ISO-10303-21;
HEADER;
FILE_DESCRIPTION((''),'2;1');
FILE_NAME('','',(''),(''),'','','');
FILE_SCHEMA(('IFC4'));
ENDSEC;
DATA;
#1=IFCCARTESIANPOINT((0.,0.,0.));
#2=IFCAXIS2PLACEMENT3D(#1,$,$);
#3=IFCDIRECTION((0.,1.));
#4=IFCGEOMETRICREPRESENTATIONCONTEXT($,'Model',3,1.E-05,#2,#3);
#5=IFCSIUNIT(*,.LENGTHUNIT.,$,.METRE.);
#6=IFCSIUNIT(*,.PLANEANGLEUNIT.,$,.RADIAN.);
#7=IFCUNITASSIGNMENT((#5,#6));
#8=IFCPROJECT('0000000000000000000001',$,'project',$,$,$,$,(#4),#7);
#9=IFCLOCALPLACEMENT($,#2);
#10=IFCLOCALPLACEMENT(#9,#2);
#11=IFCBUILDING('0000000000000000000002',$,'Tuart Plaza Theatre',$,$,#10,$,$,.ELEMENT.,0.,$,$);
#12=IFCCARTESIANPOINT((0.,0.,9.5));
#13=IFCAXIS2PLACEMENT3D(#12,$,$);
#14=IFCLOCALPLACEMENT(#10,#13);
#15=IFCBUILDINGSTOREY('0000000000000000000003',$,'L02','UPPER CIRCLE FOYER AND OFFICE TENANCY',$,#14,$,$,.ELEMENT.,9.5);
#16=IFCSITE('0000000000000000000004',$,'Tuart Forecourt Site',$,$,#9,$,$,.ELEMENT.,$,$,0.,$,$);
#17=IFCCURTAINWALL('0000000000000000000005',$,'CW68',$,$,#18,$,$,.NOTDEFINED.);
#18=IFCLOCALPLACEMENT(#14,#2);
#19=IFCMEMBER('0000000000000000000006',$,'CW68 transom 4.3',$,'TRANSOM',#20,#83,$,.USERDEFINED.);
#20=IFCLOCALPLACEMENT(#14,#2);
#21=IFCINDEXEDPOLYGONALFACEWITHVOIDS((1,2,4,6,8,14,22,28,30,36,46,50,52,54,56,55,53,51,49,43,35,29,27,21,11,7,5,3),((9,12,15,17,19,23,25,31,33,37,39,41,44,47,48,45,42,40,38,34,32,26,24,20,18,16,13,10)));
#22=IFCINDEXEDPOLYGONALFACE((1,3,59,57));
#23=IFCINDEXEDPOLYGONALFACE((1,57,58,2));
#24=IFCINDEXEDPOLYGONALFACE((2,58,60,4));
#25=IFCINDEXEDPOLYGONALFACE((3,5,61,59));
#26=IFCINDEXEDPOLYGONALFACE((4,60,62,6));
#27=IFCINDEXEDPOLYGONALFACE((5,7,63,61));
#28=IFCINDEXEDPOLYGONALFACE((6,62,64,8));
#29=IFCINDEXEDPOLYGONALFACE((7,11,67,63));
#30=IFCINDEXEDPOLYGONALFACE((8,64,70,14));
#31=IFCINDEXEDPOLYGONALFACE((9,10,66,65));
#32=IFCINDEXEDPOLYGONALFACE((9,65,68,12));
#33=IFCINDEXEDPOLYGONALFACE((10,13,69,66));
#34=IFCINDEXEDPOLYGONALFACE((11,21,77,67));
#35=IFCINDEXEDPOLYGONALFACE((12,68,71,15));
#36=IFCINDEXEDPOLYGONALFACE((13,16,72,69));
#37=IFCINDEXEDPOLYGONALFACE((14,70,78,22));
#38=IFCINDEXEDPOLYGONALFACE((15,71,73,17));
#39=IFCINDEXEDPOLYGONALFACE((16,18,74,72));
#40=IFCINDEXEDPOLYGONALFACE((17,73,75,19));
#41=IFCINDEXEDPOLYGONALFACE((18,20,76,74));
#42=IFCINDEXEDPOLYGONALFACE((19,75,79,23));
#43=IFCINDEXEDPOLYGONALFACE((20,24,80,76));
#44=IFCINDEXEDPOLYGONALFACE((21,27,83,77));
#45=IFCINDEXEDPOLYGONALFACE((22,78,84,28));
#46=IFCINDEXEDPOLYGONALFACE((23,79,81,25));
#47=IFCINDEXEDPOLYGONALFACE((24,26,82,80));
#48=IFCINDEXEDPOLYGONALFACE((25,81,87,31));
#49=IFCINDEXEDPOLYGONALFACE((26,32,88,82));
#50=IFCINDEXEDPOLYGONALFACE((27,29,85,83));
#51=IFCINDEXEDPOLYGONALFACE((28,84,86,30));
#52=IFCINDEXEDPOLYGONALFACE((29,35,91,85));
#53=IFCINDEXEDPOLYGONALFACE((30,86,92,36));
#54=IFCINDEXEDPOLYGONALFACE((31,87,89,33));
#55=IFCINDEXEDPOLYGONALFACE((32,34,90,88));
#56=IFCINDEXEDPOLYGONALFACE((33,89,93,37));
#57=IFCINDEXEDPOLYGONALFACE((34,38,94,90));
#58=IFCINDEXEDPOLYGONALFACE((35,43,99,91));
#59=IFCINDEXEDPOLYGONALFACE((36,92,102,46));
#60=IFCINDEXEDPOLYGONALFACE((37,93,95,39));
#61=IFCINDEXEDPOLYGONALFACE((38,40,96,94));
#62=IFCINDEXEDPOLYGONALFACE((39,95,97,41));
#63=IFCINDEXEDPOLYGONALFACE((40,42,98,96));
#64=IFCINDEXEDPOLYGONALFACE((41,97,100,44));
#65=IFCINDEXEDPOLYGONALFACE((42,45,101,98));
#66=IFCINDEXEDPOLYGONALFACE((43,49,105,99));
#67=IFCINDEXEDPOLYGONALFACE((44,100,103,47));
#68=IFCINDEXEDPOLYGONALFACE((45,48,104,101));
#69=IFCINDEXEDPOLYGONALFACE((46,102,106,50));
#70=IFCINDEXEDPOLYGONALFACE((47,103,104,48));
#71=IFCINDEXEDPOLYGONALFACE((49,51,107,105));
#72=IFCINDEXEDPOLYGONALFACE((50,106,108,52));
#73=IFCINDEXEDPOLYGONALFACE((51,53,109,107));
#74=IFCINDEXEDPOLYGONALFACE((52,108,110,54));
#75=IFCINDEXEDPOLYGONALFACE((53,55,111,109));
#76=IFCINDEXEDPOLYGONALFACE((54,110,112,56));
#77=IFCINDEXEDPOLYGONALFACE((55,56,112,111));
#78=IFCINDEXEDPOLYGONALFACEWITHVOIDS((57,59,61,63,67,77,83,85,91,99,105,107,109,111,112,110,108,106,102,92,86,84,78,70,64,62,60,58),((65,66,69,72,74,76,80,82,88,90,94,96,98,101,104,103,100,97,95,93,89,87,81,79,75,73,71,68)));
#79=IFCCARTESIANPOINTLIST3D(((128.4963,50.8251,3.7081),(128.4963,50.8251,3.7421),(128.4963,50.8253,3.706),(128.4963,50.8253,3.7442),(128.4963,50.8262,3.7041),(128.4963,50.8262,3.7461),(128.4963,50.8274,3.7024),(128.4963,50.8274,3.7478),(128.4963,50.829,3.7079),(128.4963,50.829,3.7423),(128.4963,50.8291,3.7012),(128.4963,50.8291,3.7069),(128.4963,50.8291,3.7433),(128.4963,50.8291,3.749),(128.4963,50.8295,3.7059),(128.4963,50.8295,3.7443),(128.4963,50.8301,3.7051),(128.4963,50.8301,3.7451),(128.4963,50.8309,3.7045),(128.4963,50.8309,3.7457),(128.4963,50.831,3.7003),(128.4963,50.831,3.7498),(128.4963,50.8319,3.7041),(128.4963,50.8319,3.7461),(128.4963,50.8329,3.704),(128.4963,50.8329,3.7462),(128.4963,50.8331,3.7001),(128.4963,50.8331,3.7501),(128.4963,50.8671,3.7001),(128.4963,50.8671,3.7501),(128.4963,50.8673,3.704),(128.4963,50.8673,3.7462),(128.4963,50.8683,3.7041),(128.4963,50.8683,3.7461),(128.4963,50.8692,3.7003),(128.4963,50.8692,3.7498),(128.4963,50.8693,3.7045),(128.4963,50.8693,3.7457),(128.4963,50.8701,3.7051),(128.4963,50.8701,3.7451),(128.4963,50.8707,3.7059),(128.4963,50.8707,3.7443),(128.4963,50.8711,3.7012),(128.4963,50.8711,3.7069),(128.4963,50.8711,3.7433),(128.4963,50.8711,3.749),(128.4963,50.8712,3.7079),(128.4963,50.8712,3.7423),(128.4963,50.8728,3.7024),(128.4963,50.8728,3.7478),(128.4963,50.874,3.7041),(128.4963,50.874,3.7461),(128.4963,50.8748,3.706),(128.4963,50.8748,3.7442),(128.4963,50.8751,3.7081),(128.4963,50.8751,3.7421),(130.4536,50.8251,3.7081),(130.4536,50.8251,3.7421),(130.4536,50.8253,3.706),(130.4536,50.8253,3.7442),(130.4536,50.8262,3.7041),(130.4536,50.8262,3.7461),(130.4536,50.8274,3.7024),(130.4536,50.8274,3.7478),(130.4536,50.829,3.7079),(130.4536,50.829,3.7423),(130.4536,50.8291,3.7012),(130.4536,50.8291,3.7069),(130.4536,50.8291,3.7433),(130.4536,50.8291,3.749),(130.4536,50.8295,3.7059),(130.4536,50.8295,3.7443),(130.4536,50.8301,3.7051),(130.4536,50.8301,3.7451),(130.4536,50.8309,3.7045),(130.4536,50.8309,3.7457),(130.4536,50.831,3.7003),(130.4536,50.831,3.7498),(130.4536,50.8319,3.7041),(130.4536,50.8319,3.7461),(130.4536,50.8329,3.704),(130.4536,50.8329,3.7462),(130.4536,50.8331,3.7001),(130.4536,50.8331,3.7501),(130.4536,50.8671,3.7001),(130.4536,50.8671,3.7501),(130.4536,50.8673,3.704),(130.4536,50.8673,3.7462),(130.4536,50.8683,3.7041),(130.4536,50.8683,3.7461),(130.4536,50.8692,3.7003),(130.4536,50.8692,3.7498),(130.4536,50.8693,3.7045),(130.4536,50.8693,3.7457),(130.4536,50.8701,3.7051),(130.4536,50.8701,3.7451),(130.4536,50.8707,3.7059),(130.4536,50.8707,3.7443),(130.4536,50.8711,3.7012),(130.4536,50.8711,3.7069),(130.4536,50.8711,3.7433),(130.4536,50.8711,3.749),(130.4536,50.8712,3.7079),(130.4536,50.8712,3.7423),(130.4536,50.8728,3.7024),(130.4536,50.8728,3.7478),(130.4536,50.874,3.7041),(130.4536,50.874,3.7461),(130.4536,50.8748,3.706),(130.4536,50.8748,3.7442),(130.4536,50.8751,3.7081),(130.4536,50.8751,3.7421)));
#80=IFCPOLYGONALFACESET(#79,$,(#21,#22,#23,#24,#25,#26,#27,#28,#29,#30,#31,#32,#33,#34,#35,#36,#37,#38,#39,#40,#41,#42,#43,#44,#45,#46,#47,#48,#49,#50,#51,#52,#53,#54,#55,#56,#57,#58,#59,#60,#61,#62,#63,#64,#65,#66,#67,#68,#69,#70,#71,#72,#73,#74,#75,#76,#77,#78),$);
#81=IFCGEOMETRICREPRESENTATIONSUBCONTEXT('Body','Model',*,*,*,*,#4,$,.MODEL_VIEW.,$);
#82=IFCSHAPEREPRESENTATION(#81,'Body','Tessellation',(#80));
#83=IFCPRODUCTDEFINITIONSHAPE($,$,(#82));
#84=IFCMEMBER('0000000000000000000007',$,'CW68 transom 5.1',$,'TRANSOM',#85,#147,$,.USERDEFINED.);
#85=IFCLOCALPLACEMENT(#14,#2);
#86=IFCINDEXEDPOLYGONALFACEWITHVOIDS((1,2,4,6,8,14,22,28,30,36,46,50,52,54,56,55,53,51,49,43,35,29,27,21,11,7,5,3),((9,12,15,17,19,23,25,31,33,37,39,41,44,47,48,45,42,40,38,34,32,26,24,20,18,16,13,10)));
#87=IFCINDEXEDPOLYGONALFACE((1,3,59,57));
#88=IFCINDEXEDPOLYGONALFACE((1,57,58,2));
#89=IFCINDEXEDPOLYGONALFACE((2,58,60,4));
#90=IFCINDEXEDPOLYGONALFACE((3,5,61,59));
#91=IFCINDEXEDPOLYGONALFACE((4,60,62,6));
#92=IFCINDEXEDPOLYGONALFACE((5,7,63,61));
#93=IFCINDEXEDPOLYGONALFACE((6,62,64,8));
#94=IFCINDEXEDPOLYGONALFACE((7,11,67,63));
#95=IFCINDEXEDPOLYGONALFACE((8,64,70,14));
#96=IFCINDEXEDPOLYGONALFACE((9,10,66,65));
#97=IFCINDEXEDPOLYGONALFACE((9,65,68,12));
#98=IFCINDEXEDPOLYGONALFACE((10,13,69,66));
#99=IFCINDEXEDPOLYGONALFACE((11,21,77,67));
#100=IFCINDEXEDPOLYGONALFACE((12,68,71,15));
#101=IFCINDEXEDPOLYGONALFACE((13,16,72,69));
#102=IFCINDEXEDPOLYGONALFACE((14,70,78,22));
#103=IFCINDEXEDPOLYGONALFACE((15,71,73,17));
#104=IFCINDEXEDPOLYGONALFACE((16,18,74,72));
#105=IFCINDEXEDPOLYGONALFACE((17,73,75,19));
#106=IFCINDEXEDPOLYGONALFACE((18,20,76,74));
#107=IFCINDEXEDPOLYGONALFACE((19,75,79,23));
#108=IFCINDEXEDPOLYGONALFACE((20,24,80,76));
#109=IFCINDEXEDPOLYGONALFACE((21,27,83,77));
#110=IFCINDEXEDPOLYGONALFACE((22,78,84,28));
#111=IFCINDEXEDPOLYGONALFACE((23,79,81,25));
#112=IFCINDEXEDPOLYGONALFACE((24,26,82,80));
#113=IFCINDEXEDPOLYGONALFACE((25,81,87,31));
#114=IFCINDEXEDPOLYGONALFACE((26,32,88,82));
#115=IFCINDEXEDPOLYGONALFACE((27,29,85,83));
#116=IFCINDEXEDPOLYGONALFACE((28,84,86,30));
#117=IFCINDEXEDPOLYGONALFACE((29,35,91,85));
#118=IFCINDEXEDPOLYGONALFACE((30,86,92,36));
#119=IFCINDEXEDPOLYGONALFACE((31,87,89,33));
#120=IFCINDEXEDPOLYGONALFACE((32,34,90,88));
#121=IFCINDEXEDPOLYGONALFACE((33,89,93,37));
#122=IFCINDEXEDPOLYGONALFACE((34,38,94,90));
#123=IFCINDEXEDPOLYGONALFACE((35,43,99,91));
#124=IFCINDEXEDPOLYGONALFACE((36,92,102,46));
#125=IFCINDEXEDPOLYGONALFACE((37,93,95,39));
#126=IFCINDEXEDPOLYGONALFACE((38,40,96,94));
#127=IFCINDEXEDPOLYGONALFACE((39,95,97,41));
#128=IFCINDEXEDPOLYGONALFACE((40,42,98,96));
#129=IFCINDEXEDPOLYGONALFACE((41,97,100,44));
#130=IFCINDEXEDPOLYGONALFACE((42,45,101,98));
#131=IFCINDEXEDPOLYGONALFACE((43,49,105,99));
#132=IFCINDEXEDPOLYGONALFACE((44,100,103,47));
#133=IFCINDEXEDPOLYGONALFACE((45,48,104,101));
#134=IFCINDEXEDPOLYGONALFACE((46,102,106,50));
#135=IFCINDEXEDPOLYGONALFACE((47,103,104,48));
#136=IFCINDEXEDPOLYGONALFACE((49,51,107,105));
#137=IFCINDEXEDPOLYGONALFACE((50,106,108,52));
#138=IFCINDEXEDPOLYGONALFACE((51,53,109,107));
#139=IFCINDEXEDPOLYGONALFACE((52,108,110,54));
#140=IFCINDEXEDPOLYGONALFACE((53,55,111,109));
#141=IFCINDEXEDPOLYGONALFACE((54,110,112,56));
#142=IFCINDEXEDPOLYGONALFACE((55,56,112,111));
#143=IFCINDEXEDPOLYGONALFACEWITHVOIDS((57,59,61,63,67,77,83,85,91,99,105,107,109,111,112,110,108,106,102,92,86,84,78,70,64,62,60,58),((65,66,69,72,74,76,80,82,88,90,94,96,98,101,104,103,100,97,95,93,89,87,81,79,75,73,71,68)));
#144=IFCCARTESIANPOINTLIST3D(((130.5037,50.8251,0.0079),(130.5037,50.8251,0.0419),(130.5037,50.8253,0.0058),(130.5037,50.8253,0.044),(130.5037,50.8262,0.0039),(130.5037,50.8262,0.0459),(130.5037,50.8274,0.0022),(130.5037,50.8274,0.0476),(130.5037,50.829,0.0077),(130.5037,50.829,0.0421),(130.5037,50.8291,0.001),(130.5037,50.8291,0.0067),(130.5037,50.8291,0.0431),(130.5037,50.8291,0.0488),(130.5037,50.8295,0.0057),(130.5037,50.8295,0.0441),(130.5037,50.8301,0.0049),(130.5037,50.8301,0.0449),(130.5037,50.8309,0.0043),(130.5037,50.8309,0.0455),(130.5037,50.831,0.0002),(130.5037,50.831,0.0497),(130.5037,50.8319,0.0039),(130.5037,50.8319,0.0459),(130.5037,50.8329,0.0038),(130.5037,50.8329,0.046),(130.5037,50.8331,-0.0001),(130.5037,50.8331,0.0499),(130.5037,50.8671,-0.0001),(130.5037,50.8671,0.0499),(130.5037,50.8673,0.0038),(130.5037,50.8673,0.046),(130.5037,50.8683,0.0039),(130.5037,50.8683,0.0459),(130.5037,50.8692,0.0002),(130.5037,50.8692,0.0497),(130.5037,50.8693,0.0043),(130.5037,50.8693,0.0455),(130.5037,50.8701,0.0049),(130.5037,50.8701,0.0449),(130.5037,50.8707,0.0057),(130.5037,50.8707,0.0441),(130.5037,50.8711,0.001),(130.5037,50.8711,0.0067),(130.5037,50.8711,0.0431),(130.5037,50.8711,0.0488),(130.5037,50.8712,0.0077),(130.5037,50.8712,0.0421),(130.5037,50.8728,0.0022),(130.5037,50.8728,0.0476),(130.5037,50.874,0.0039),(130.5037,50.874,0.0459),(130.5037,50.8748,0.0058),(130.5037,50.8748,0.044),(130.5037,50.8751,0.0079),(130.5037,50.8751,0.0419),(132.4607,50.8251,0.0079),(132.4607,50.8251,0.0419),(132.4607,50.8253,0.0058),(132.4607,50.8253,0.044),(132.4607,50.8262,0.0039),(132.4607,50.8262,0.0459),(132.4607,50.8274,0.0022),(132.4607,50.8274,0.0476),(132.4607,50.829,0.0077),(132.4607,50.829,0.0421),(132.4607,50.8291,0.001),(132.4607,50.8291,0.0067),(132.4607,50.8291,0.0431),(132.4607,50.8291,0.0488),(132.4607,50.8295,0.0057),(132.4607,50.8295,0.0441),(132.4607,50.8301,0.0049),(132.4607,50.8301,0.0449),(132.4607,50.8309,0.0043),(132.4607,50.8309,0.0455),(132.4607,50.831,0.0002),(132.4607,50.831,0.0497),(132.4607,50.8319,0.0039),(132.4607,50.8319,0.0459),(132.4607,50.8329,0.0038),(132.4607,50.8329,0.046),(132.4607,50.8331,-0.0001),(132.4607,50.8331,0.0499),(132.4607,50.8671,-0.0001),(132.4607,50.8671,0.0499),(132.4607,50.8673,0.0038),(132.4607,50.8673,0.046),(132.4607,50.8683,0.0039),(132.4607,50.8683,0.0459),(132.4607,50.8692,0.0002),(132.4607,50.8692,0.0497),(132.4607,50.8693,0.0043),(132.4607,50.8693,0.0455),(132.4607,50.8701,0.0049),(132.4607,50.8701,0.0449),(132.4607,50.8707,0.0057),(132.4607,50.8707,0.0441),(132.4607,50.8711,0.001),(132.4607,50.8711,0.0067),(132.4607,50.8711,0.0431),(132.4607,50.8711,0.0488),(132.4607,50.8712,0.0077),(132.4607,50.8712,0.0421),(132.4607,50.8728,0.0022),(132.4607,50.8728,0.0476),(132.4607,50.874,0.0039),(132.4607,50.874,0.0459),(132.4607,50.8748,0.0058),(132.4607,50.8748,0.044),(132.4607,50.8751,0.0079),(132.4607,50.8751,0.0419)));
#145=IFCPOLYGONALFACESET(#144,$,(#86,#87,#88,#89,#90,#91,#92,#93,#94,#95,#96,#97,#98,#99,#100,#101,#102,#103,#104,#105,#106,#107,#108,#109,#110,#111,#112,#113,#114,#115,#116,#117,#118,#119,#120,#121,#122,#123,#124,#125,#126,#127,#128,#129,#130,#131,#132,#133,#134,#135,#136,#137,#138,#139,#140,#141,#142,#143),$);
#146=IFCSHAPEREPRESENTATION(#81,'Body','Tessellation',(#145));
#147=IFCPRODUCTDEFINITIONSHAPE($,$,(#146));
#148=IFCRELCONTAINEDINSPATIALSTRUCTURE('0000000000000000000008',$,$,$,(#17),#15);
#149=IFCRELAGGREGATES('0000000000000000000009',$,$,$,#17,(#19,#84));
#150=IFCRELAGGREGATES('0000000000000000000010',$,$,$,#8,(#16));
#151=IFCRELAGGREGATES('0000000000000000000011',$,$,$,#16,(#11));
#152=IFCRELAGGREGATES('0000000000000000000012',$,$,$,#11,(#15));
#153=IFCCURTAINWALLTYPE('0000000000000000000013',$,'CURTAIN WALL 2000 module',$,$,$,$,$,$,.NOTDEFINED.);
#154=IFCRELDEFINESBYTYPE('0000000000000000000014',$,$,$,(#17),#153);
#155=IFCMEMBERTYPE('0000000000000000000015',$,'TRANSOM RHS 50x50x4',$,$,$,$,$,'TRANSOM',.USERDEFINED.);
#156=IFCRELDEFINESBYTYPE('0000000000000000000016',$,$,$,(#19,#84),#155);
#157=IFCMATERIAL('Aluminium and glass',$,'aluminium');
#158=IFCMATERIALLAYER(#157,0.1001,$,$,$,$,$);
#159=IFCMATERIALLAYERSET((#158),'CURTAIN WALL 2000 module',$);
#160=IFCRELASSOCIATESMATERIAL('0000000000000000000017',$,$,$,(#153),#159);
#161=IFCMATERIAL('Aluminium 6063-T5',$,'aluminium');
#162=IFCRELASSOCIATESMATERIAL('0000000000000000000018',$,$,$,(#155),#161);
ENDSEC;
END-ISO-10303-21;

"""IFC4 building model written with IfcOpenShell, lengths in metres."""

from ifc_helpers import new_model, si_unit, direction, frame, origin, origin_2d, place, context, subcontext, project, spatial, hollow_rectangle, extrude, material, layer, layer_set, material_profile, profile_set, type_object, element, aggregate, save


model = new_model("IFC4")

# Units and contexts
model_context = context("Model", 3, precision=1e-05, world=origin(), true_north=direction((0.0, 1.0)))
body_context = subcontext(model_context, "Body", "Model", "MODEL_VIEW")
ifc_project = project(units=[si_unit("LENGTHUNIT", "METRE"), si_unit("PLANEANGLEUNIT", "RADIAN")], contexts=[model_context])

# Site, building, storey
site_placement = place(None, origin())
site = spatial("IfcSite", under=ifc_project, at=site_placement, Name="Tuart Forecourt Site", CompositionType="ELEMENT", RefElevation=0.0)
building_placement = place(site_placement, origin())
building = spatial("IfcBuilding", under=site, at=building_placement, Name="Tuart Plaza Theatre", CompositionType="ELEMENT", ElevationOfRefHeight=0.0)
storey_placement = place(building_placement, frame((0.0, 0.0, 9.5)))
storey = spatial("IfcBuildingStorey", under=building, at=storey_placement, Name="L02", Description="UPPER CIRCLE FOYER AND OFFICE TENANCY", CompositionType="ELEMENT", Elevation=9.5)

# Curtain wall, members
ifc_material_1 = material(Name="Aluminium and glass", Category="aluminium")
ifc_layer_1 = layer(ifc_material_1, 0.1001)
ifc_layer_set_1 = layer_set([ifc_layer_1], Name="CURTAIN WALL 2000 module")
curtain_wall_type = type_object("IfcCurtainWallType", Name="CURTAIN WALL 2000 module", PredefinedType="NOTDEFINED", material=ifc_layer_set_1)
curtain_wall_placement = place(storey_placement, origin())
curtain_wall = element("IfcCurtainWall", 1, at=curtain_wall_placement, inside=storey, type_object=curtain_wall_type, Name="CW68", PredefinedType="NOTDEFINED")
ifc_material_2 = material(Name="Aluminium 6063-T5", Category="aluminium")
ifc_material_profile_1 = material_profile(ifc_material_2, hollow_rectangle(XDim=0.05, YDim=0.05, WallThickness=0.0039, InnerFilletRadius=0.0039, OuterFilletRadius=0.0081, at=origin_2d()), Name="RHS 50x50x4")
ifc_profile_set_1 = profile_set([ifc_material_profile_1], Name="Aluminium 6063-T5")
member_type_1 = type_object("IfcMemberType", Name="TRANSOM RHS 50x50x4", ElementType="TRANSOM", PredefinedType="USERDEFINED", material=ifc_profile_set_1)
member_1_placement = place(storey_placement, frame((128.4963, 50.8501, 3.7251), z_axis=(1.0, 0.0, 0.0), x_axis=(0.0, 1.0, 0.0)))
member_1 = element("IfcMember", 2, at=member_1_placement, type_object=member_type_1, Name="CW68 transom 4.3", ObjectType="TRANSOM", PredefinedType="USERDEFINED", context=body_context, shape_type="SweptSolid", body=[
    extrude(hollow_rectangle(XDim=0.05, YDim=0.05, WallThickness=0.0039, InnerFilletRadius=0.0039, OuterFilletRadius=0.0081, at=origin_2d()), origin(), (0.0, 0.0, 1.0), 1.9573),
])
member_2_placement = place(storey_placement, frame((130.5037, 50.8501, 0.0249), z_axis=(1.0, 0.0, 0.0), x_axis=(0.0, 1.0, 0.0)))
member_2 = element("IfcMember", 3, at=member_2_placement, type_object=member_type_1, Name="CW68 transom 5.1", ObjectType="TRANSOM", PredefinedType="USERDEFINED", context=body_context, shape_type="SweptSolid", body=[
    extrude(hollow_rectangle(XDim=0.05, YDim=0.05, WallThickness=0.0039, InnerFilletRadius=0.0039, OuterFilletRadius=0.0081, at=origin_2d()), origin(), (0.0, 0.0, 1.0), 1.957),
])
aggregate(curtain_wall, [member_1, member_2])

save(model, "model.ifc")
